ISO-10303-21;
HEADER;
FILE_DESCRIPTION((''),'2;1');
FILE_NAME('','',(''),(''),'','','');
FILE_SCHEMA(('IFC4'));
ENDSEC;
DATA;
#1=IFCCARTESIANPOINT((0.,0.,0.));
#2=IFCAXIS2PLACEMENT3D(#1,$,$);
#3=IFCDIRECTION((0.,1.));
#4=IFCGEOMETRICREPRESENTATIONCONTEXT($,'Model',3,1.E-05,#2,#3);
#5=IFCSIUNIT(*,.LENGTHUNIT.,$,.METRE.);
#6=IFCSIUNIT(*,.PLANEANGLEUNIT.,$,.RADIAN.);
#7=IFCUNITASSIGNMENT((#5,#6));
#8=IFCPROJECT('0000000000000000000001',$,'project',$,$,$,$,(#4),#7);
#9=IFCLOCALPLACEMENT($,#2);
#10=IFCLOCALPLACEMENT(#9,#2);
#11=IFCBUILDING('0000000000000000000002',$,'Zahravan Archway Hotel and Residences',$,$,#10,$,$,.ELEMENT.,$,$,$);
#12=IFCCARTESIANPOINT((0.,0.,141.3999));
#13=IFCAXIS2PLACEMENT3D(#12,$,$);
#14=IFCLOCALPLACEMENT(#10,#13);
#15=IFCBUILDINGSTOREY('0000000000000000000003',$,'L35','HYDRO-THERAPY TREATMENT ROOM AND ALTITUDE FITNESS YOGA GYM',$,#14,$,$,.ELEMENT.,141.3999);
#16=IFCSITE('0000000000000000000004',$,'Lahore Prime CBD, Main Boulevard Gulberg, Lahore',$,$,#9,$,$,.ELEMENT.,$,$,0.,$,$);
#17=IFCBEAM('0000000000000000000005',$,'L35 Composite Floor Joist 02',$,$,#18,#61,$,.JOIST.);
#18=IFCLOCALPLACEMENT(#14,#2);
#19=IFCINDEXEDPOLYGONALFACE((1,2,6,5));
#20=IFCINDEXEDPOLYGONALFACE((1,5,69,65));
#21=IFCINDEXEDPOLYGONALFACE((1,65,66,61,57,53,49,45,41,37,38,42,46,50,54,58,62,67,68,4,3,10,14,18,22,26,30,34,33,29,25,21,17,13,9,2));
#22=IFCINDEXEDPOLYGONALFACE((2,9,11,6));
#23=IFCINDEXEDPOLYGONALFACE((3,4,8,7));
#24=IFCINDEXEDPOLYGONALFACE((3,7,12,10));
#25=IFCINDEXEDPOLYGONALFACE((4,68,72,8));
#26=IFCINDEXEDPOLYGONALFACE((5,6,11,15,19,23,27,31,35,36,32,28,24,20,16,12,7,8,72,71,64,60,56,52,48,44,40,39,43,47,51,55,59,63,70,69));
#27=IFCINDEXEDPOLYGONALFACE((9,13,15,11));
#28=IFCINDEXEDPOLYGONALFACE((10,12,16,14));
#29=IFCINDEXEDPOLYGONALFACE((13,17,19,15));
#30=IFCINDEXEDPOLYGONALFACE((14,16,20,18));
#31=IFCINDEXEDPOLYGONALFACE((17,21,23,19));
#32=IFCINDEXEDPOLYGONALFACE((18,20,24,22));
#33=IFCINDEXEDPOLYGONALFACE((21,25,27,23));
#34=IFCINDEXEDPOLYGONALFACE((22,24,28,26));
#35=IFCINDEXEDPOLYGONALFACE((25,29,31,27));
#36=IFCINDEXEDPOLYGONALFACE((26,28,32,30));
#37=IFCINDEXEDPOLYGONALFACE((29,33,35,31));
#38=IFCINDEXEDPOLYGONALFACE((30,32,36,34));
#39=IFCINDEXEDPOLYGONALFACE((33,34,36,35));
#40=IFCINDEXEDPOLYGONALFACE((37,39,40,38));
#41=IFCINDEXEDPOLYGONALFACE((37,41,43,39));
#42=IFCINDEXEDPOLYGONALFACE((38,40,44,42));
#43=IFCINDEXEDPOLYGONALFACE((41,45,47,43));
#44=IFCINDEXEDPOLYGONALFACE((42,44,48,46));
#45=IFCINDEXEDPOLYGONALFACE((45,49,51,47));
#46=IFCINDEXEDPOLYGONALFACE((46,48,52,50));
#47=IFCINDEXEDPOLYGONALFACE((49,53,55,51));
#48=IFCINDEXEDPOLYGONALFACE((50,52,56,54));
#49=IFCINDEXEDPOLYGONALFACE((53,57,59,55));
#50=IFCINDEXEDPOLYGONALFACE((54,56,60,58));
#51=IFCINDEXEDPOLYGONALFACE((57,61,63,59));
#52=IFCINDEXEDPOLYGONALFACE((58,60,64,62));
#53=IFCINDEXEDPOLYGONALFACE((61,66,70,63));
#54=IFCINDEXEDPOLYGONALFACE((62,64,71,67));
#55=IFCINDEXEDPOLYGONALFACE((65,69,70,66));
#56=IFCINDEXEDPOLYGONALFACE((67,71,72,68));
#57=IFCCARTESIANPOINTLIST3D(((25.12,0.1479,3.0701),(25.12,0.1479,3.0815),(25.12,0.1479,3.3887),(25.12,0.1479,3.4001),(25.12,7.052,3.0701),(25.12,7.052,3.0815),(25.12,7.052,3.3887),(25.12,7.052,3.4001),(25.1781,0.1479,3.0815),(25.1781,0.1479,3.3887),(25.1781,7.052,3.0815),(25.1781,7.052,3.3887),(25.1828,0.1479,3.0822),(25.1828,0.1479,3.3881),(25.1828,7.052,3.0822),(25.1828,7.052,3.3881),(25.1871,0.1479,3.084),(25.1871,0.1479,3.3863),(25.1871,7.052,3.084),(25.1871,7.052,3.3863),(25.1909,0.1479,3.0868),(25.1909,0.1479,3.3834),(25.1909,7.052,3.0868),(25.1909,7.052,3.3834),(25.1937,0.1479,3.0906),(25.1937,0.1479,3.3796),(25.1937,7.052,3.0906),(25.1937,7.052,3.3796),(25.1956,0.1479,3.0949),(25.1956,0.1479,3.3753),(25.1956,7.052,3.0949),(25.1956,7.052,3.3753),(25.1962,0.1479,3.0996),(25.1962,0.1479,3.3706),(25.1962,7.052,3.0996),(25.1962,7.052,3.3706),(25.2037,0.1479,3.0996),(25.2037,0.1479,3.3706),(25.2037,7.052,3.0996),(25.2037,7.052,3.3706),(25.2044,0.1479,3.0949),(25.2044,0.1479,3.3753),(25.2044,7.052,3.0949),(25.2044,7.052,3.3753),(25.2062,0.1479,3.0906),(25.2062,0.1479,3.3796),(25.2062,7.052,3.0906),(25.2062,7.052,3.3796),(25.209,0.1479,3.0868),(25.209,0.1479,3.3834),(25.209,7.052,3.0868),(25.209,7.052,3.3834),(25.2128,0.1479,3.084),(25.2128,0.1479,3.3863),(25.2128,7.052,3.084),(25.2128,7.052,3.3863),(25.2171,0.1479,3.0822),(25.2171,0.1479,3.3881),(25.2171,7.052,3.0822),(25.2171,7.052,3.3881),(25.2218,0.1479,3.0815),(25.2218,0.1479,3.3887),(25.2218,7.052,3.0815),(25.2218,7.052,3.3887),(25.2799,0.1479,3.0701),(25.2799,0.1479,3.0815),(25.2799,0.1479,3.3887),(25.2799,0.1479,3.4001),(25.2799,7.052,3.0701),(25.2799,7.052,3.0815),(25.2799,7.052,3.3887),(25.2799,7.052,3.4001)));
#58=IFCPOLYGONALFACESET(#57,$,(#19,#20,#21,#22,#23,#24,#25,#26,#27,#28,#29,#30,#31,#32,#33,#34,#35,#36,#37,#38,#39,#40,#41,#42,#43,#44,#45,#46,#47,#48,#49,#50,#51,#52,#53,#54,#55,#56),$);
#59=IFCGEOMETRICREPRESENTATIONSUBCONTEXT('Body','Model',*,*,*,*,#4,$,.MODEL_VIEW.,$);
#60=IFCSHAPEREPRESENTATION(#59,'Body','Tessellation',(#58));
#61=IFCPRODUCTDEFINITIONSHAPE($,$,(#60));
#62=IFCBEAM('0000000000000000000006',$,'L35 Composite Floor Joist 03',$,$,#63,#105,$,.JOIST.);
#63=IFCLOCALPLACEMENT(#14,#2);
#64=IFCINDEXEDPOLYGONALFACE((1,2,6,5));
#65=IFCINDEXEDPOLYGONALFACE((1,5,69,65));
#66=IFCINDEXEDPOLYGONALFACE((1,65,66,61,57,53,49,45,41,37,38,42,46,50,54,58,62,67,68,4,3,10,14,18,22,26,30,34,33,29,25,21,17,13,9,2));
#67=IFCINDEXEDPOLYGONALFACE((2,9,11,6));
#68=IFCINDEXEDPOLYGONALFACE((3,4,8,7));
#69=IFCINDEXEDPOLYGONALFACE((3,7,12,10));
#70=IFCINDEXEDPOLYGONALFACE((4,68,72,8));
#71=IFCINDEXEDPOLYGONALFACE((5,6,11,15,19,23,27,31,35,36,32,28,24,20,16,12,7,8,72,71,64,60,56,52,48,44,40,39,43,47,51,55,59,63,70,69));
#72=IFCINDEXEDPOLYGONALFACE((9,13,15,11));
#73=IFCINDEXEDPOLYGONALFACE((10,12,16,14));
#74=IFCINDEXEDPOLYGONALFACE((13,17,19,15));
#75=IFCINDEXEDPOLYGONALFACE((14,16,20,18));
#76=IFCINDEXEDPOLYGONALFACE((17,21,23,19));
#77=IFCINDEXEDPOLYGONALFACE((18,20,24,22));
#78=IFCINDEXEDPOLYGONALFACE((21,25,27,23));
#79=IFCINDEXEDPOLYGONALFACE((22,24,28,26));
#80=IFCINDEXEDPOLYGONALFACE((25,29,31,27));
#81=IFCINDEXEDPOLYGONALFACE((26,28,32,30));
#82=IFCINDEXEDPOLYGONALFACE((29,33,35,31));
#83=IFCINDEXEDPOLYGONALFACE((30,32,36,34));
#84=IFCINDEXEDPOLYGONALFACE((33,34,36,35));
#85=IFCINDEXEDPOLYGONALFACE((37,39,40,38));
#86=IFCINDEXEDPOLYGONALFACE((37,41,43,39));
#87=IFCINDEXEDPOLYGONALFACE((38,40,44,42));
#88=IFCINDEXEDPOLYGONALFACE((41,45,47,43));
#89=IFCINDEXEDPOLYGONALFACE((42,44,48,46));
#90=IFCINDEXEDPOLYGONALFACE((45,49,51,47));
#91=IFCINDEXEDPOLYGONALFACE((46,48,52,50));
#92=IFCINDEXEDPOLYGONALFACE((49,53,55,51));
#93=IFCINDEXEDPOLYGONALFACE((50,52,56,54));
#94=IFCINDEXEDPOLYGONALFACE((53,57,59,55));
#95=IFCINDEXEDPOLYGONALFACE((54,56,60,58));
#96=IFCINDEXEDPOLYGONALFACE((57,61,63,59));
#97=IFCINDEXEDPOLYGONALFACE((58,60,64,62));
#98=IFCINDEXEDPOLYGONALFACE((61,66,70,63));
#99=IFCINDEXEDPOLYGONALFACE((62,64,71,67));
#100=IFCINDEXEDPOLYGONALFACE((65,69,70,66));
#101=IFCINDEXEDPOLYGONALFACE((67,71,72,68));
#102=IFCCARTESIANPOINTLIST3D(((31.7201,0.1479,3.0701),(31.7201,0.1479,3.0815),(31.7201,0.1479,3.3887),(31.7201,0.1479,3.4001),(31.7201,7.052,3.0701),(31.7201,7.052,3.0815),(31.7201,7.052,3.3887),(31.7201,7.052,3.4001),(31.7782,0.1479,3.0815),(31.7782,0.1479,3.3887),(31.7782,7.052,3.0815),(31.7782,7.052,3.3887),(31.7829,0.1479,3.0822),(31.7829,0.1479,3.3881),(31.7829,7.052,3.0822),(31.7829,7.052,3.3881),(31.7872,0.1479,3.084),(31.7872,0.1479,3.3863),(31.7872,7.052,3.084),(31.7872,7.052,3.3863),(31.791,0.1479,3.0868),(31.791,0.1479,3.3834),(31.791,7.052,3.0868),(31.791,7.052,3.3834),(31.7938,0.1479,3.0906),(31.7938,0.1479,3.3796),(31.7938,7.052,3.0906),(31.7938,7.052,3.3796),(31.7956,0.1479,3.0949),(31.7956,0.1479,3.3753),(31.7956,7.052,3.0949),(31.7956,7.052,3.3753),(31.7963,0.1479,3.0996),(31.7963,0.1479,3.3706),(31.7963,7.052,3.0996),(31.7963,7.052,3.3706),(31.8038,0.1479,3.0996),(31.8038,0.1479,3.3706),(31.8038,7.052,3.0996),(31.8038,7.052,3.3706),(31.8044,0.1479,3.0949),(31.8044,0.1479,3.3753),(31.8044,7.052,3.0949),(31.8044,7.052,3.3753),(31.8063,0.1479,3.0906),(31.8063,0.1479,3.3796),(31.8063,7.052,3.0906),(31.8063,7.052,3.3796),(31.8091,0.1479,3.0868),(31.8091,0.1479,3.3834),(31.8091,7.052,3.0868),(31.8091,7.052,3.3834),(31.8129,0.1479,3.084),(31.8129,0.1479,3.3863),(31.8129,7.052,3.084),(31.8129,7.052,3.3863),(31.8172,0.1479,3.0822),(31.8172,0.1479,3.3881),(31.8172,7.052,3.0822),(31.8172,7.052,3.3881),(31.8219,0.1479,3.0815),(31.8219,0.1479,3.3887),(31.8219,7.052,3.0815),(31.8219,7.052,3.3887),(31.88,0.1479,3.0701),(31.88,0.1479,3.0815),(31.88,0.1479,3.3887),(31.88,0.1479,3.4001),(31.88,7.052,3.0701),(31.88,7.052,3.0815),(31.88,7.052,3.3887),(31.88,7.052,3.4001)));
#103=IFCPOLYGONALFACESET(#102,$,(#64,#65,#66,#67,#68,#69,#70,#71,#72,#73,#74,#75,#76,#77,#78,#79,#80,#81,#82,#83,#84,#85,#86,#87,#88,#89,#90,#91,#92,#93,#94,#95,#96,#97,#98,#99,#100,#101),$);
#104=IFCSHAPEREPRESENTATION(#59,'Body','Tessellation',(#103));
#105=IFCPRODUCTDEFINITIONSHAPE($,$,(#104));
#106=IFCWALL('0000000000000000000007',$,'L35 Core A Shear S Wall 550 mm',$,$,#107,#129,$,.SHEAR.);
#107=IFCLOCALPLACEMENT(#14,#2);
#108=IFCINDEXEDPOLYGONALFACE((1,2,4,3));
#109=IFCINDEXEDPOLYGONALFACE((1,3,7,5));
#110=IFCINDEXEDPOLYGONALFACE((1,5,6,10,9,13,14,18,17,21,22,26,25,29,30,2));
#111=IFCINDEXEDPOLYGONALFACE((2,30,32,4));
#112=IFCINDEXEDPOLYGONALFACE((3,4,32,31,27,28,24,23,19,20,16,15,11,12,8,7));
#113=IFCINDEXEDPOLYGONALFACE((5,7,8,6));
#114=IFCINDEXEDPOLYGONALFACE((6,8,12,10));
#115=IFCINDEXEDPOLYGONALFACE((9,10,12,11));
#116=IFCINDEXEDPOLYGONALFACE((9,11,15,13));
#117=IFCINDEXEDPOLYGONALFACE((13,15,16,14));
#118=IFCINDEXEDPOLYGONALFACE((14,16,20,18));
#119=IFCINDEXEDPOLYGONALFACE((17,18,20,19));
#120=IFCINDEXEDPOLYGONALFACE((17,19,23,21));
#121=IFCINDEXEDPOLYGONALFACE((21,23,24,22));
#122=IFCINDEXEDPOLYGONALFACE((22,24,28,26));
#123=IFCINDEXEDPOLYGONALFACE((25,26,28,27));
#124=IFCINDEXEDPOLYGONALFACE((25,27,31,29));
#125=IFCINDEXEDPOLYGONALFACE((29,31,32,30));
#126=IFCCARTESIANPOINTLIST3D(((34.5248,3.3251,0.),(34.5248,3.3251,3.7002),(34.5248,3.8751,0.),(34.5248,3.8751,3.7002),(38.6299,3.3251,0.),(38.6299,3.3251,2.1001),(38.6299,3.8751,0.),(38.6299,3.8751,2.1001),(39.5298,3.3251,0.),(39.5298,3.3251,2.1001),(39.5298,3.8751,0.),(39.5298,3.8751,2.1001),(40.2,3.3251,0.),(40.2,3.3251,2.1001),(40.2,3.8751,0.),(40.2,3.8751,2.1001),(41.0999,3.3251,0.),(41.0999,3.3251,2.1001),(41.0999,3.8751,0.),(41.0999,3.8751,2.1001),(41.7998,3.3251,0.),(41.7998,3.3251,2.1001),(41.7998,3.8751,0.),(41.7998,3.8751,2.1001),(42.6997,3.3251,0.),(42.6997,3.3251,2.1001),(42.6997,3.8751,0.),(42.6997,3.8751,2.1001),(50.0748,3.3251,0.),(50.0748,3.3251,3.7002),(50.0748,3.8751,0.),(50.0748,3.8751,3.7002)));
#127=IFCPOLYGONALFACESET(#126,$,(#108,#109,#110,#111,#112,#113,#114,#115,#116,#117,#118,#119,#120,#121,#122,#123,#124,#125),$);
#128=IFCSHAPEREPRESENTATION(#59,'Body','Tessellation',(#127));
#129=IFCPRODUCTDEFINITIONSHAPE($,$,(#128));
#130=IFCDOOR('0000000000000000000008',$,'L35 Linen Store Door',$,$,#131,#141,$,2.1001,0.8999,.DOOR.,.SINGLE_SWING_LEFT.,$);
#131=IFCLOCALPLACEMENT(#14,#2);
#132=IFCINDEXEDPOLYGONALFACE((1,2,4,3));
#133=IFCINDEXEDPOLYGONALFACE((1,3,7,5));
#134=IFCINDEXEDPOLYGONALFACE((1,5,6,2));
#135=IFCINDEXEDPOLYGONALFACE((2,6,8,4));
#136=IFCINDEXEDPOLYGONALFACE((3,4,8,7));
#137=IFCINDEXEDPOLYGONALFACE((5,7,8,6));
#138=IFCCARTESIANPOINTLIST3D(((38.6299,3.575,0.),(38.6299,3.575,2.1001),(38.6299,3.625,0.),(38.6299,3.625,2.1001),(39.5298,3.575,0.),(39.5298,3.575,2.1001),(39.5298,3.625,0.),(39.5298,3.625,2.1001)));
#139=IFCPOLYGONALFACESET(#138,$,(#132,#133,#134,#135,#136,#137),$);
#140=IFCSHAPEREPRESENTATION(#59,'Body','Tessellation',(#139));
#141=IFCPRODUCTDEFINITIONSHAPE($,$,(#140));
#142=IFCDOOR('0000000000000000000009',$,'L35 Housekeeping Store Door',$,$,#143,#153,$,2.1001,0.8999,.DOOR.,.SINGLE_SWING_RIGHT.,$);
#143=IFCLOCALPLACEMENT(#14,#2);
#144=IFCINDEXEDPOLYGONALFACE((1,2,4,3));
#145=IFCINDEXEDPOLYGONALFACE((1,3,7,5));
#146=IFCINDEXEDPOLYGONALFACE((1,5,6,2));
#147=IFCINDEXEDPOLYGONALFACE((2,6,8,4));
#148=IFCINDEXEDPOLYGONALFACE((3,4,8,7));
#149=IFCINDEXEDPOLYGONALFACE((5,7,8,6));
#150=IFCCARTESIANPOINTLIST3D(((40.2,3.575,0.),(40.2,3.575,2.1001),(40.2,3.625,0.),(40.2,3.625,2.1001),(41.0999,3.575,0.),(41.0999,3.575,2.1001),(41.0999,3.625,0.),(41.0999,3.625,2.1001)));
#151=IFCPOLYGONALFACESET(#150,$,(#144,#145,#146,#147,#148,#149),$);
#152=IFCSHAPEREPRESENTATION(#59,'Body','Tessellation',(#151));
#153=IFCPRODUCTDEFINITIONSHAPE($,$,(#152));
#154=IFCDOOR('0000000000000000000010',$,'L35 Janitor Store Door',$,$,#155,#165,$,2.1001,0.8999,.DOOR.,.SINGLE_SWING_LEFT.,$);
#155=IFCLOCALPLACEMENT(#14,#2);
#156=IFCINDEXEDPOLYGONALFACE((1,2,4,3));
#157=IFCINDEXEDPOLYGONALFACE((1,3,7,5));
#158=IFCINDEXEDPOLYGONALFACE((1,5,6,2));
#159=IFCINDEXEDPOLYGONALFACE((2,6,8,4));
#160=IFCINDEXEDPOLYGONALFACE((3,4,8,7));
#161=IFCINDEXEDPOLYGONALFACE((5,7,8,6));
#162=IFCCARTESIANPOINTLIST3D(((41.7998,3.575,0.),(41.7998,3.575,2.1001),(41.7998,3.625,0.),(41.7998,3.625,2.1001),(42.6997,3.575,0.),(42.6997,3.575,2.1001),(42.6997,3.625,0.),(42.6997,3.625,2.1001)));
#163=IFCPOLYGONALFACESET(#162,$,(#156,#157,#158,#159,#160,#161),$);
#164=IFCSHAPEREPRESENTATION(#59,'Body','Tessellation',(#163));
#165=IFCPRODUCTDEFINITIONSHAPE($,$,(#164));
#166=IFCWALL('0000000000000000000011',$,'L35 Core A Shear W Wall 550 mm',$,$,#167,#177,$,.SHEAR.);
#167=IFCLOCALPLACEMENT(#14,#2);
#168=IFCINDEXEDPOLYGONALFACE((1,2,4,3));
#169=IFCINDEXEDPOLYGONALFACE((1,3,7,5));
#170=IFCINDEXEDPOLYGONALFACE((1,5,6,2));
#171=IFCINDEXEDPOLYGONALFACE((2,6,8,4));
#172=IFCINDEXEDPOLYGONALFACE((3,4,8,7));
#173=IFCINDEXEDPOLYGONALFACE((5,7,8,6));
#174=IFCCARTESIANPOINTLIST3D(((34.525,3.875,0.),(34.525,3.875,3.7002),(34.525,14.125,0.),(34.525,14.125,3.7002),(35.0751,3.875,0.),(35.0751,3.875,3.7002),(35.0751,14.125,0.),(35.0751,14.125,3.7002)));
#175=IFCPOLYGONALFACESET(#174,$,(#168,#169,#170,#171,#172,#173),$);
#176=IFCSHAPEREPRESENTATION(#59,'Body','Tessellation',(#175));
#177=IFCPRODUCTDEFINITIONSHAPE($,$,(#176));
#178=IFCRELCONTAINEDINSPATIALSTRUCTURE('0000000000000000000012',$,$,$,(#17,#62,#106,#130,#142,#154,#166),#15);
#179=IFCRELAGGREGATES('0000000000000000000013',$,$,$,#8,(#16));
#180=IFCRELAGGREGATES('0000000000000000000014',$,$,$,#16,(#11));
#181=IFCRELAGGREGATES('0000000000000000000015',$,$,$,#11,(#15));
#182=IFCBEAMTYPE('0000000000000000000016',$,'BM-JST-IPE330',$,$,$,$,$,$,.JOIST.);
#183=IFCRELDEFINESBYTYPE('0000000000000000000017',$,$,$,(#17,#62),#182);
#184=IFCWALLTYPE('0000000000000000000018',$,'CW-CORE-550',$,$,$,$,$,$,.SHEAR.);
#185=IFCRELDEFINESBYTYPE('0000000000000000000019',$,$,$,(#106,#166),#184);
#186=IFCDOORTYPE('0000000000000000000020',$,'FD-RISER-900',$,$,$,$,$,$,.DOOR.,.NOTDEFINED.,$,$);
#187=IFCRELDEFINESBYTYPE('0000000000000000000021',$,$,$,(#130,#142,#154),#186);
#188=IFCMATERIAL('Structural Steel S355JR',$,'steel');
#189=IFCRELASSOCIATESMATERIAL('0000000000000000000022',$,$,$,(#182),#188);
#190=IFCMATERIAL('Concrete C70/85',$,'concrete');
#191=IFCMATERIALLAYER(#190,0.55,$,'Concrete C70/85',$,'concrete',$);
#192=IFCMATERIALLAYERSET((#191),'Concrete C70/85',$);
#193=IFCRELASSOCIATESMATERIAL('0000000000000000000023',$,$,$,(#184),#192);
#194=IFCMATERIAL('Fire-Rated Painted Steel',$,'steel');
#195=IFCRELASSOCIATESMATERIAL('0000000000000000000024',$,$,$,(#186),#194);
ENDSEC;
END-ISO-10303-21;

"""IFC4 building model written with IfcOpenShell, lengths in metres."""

from ifc_helpers import new_model, si_unit, direction, frame, frame_2d, origin, origin_2d, place, context, subcontext, project, spatial, rectangle, i_section, extrude, source, transform, mapped, material, layer, layer_set, material_profile, profile_set, type_object, type_shapes, element, fill, save


model = new_model("IFC4")

# Units and contexts
model_context = context("Model", 3, precision=1e-05, world=origin(), true_north=direction((0.0, 1.0)))
body_context = subcontext(model_context, "Body", "Model", "MODEL_VIEW")
ifc_project = project(units=[si_unit("LENGTHUNIT", "METRE"), si_unit("PLANEANGLEUNIT", "RADIAN")], contexts=[model_context])

# Site, building, storey
site_placement = place(None, origin())
site = spatial("IfcSite", under=ifc_project, at=site_placement, Name="Lahore Prime CBD, Main Boulevard Gulberg, Lahore", CompositionType="ELEMENT", RefElevation=0.0)
building_placement = place(site_placement, origin())
building = spatial("IfcBuilding", under=site, at=building_placement, Name="Zahravan Archway Hotel and Residences", CompositionType="ELEMENT")
storey_placement = place(building_placement, frame((0.0, 0.0, 141.3999)))
storey = spatial("IfcBuildingStorey", under=building, at=storey_placement, Name="L35", Description="HYDRO-THERAPY TREATMENT ROOM AND ALTITUDE FITNESS YOGA GYM", CompositionType="ELEMENT", Elevation=141.3999)

# Beams
ifc_material_1 = material(Name="Structural Steel S355JR", Category="steel")
ifc_material_profile_1 = material_profile(ifc_material_1, i_section(OverallWidth=0.1599, OverallDepth=0.3301, WebThickness=0.0076, FlangeThickness=0.0115, FilletRadius=0.0181, at=origin_2d()), Name="IPE 330", Category="steel")
ifc_profile_set_1 = profile_set([ifc_material_profile_1], Name="Structural Steel S355JR")
beam_type_1 = type_object("IfcBeamType", Name="BM-JST-IPE330", PredefinedType="JOIST", material=ifc_profile_set_1)
shared_shape_1 = source(origin(), body_context, "Body", "SweptSolid", [
    extrude(i_section(OverallWidth=0.1599, OverallDepth=0.3301, WebThickness=0.0076, FlangeThickness=0.0115, FilletRadius=0.0181, at=origin_2d()), origin(), (0.0, 0.0, 1.0), 6.9041),
])
type_shapes(beam_type_1, [shared_shape_1])
for number, where, z_axis, x_axis, name in (
    (1, (25.2, 0.1479, 3.2351), (0.0, 1.0, 0.0), (-1.0, 0.0, 0.0), "L35 Composite Floor Joist 02"),
    (2, (31.8, 0.1479, 3.2351), (0.0, 1.0, 0.0), (-1.0, 0.0, 0.0), "L35 Composite Floor Joist 03"),
):
    element("IfcBeam", number, at=place(storey_placement, frame(where, z_axis=z_axis, x_axis=x_axis)), inside=storey, type_object=beam_type_1, Name=name, PredefinedType="JOIST", context=body_context, shape_type="MappedRepresentation", body=[
        mapped(shared_shape_1, transform((0.0, 0.0, 0.0), scale=1.0)),
    ])

# Wall, openings, doors
ifc_material_2 = material(Name="Concrete C70/85", Category="concrete")
ifc_layer_1 = layer(ifc_material_2, 0.55, Name="Concrete C70/85", Category="concrete")
ifc_layer_set_1 = layer_set([ifc_layer_1], Name="Concrete C70/85")
wall_type_1 = type_object("IfcWallType", Name="CW-CORE-550", PredefinedType="SHEAR", material=ifc_layer_set_1)
wall_1_placement = place(storey_placement, frame((34.5249, 3.6001, 0.0), z_axis=(0.0, 0.0, 1.0), x_axis=(1.0, 0.0, 0.0)))
wall_1 = element("IfcWall", 3, at=wall_1_placement, inside=storey, type_object=wall_type_1, Name="L35 Core A Shear S Wall 550 mm", PredefinedType="SHEAR", context=body_context, shape_type="SweptSolid", body=[
    extrude(rectangle(XDim=15.55, YDim=0.55, at=frame_2d((7.7749, 0.0))), origin(), (0.0, 0.0, 1.0), 3.7002),
])
opening_1_placement = place(wall_1_placement, frame((4.105, 0.0, 0.0)))
opening_1 = element("IfcOpeningElement", 4, at=opening_1_placement, cuts=wall_1, PredefinedType="OPENING", context=body_context, shape_type="SweptSolid", body=[
    extrude(rectangle(XDim=0.8999, YDim=2.1001, at=frame_2d((0.45, 1.05))), frame((0.0, 0.2852, 0.0), z_axis=(0.0, -1.0, 0.0), x_axis=(1.0, 0.0, 0.0)), (0.0, 0.0, 1.0), 0.5701),
])
opening_2_placement = place(wall_1_placement, frame((5.675, 0.0, 0.0)))
opening_2 = element("IfcOpeningElement", 5, at=opening_2_placement, cuts=wall_1, PredefinedType="OPENING", context=body_context, shape_type="SweptSolid", body=[
    extrude(rectangle(XDim=0.8999, YDim=2.1001, at=frame_2d((0.45, 1.05))), frame((0.0, 0.2852, 0.0), z_axis=(0.0, -1.0, 0.0), x_axis=(1.0, 0.0, 0.0)), (0.0, 0.0, 1.0), 0.5701),
])
opening_3_placement = place(wall_1_placement, frame((7.2749, 0.0, 0.0)))
opening_3 = element("IfcOpeningElement", 6, at=opening_3_placement, cuts=wall_1, PredefinedType="OPENING", context=body_context, shape_type="SweptSolid", body=[
    extrude(rectangle(XDim=0.8999, YDim=2.1001, at=frame_2d((0.45, 1.05))), frame((0.0, 0.2852, 0.0), z_axis=(0.0, -1.0, 0.0), x_axis=(1.0, 0.0, 0.0)), (0.0, 0.0, 1.0), 0.5701),
])
ifc_material_3 = material(Name="Fire-Rated Painted Steel", Category="steel")
door_type_1 = type_object("IfcDoorType", Name="FD-RISER-900", OperationType="NOTDEFINED", PredefinedType="DOOR", material=ifc_material_3)
shared_shape_2 = source(origin(), body_context, "Body", "SweptSolid", [
    extrude(rectangle(XDim=0.8999, YDim=2.1001, at=frame_2d((0.45, 1.05))), frame((0.0, 0.0249, 0.0), z_axis=(0.0, -1.0, 0.0), x_axis=(1.0, 0.0, 0.0)), (0.0, 0.0, 1.0), 0.05),
])
type_shapes(door_type_1, [shared_shape_2])
door_1_placement = place(opening_1_placement, origin())
door_1 = element("IfcDoor", 7, at=door_1_placement, inside=storey, type_object=door_type_1, Name="L35 Linen Store Door", OperationType="SINGLE_SWING_LEFT", OverallHeight=2.1001, OverallWidth=0.8999, PredefinedType="DOOR", context=body_context, shape_type="MappedRepresentation", body=[
    mapped(shared_shape_2, transform((0.0, 0.0, 0.0), scale=1.0)),
])
fill(opening_1, door_1)
door_2_placement = place(opening_2_placement, origin())
door_2 = element("IfcDoor", 8, at=door_2_placement, inside=storey, type_object=door_type_1, Name="L35 Housekeeping Store Door", OperationType="SINGLE_SWING_RIGHT", OverallHeight=2.1001, OverallWidth=0.8999, PredefinedType="DOOR", context=body_context, shape_type="MappedRepresentation", body=[
    mapped(shared_shape_2, transform((0.0, 0.0, 0.0), scale=1.0)),
])
fill(opening_2, door_2)
door_3_placement = place(opening_3_placement, origin())
door_3 = element("IfcDoor", 9, at=door_3_placement, inside=storey, type_object=door_type_1, Name="L35 Janitor Store Door", OperationType="SINGLE_SWING_LEFT", OverallHeight=2.1001, OverallWidth=0.8999, PredefinedType="DOOR", context=body_context, shape_type="MappedRepresentation", body=[
    mapped(shared_shape_2, transform((0.0, 0.0, 0.0), scale=1.0)),
])
fill(opening_3, door_3)

# Wall
wall_2_placement = place(storey_placement, frame((34.8, 3.875, 0.0), z_axis=(0.0, 0.0, 1.0), x_axis=(0.0, 1.0, 0.0)))
element("IfcWall", 10, at=wall_2_placement, inside=storey, type_object=wall_type_1, Name="L35 Core A Shear W Wall 550 mm", PredefinedType="SHEAR", context=body_context, shape_type="SweptSolid", body=[
    extrude(rectangle(XDim=10.25, YDim=0.55, at=frame_2d((5.125, 0.0))), origin(), (0.0, 0.0, 1.0), 3.7002),
])

save(model, "model.ifc")
